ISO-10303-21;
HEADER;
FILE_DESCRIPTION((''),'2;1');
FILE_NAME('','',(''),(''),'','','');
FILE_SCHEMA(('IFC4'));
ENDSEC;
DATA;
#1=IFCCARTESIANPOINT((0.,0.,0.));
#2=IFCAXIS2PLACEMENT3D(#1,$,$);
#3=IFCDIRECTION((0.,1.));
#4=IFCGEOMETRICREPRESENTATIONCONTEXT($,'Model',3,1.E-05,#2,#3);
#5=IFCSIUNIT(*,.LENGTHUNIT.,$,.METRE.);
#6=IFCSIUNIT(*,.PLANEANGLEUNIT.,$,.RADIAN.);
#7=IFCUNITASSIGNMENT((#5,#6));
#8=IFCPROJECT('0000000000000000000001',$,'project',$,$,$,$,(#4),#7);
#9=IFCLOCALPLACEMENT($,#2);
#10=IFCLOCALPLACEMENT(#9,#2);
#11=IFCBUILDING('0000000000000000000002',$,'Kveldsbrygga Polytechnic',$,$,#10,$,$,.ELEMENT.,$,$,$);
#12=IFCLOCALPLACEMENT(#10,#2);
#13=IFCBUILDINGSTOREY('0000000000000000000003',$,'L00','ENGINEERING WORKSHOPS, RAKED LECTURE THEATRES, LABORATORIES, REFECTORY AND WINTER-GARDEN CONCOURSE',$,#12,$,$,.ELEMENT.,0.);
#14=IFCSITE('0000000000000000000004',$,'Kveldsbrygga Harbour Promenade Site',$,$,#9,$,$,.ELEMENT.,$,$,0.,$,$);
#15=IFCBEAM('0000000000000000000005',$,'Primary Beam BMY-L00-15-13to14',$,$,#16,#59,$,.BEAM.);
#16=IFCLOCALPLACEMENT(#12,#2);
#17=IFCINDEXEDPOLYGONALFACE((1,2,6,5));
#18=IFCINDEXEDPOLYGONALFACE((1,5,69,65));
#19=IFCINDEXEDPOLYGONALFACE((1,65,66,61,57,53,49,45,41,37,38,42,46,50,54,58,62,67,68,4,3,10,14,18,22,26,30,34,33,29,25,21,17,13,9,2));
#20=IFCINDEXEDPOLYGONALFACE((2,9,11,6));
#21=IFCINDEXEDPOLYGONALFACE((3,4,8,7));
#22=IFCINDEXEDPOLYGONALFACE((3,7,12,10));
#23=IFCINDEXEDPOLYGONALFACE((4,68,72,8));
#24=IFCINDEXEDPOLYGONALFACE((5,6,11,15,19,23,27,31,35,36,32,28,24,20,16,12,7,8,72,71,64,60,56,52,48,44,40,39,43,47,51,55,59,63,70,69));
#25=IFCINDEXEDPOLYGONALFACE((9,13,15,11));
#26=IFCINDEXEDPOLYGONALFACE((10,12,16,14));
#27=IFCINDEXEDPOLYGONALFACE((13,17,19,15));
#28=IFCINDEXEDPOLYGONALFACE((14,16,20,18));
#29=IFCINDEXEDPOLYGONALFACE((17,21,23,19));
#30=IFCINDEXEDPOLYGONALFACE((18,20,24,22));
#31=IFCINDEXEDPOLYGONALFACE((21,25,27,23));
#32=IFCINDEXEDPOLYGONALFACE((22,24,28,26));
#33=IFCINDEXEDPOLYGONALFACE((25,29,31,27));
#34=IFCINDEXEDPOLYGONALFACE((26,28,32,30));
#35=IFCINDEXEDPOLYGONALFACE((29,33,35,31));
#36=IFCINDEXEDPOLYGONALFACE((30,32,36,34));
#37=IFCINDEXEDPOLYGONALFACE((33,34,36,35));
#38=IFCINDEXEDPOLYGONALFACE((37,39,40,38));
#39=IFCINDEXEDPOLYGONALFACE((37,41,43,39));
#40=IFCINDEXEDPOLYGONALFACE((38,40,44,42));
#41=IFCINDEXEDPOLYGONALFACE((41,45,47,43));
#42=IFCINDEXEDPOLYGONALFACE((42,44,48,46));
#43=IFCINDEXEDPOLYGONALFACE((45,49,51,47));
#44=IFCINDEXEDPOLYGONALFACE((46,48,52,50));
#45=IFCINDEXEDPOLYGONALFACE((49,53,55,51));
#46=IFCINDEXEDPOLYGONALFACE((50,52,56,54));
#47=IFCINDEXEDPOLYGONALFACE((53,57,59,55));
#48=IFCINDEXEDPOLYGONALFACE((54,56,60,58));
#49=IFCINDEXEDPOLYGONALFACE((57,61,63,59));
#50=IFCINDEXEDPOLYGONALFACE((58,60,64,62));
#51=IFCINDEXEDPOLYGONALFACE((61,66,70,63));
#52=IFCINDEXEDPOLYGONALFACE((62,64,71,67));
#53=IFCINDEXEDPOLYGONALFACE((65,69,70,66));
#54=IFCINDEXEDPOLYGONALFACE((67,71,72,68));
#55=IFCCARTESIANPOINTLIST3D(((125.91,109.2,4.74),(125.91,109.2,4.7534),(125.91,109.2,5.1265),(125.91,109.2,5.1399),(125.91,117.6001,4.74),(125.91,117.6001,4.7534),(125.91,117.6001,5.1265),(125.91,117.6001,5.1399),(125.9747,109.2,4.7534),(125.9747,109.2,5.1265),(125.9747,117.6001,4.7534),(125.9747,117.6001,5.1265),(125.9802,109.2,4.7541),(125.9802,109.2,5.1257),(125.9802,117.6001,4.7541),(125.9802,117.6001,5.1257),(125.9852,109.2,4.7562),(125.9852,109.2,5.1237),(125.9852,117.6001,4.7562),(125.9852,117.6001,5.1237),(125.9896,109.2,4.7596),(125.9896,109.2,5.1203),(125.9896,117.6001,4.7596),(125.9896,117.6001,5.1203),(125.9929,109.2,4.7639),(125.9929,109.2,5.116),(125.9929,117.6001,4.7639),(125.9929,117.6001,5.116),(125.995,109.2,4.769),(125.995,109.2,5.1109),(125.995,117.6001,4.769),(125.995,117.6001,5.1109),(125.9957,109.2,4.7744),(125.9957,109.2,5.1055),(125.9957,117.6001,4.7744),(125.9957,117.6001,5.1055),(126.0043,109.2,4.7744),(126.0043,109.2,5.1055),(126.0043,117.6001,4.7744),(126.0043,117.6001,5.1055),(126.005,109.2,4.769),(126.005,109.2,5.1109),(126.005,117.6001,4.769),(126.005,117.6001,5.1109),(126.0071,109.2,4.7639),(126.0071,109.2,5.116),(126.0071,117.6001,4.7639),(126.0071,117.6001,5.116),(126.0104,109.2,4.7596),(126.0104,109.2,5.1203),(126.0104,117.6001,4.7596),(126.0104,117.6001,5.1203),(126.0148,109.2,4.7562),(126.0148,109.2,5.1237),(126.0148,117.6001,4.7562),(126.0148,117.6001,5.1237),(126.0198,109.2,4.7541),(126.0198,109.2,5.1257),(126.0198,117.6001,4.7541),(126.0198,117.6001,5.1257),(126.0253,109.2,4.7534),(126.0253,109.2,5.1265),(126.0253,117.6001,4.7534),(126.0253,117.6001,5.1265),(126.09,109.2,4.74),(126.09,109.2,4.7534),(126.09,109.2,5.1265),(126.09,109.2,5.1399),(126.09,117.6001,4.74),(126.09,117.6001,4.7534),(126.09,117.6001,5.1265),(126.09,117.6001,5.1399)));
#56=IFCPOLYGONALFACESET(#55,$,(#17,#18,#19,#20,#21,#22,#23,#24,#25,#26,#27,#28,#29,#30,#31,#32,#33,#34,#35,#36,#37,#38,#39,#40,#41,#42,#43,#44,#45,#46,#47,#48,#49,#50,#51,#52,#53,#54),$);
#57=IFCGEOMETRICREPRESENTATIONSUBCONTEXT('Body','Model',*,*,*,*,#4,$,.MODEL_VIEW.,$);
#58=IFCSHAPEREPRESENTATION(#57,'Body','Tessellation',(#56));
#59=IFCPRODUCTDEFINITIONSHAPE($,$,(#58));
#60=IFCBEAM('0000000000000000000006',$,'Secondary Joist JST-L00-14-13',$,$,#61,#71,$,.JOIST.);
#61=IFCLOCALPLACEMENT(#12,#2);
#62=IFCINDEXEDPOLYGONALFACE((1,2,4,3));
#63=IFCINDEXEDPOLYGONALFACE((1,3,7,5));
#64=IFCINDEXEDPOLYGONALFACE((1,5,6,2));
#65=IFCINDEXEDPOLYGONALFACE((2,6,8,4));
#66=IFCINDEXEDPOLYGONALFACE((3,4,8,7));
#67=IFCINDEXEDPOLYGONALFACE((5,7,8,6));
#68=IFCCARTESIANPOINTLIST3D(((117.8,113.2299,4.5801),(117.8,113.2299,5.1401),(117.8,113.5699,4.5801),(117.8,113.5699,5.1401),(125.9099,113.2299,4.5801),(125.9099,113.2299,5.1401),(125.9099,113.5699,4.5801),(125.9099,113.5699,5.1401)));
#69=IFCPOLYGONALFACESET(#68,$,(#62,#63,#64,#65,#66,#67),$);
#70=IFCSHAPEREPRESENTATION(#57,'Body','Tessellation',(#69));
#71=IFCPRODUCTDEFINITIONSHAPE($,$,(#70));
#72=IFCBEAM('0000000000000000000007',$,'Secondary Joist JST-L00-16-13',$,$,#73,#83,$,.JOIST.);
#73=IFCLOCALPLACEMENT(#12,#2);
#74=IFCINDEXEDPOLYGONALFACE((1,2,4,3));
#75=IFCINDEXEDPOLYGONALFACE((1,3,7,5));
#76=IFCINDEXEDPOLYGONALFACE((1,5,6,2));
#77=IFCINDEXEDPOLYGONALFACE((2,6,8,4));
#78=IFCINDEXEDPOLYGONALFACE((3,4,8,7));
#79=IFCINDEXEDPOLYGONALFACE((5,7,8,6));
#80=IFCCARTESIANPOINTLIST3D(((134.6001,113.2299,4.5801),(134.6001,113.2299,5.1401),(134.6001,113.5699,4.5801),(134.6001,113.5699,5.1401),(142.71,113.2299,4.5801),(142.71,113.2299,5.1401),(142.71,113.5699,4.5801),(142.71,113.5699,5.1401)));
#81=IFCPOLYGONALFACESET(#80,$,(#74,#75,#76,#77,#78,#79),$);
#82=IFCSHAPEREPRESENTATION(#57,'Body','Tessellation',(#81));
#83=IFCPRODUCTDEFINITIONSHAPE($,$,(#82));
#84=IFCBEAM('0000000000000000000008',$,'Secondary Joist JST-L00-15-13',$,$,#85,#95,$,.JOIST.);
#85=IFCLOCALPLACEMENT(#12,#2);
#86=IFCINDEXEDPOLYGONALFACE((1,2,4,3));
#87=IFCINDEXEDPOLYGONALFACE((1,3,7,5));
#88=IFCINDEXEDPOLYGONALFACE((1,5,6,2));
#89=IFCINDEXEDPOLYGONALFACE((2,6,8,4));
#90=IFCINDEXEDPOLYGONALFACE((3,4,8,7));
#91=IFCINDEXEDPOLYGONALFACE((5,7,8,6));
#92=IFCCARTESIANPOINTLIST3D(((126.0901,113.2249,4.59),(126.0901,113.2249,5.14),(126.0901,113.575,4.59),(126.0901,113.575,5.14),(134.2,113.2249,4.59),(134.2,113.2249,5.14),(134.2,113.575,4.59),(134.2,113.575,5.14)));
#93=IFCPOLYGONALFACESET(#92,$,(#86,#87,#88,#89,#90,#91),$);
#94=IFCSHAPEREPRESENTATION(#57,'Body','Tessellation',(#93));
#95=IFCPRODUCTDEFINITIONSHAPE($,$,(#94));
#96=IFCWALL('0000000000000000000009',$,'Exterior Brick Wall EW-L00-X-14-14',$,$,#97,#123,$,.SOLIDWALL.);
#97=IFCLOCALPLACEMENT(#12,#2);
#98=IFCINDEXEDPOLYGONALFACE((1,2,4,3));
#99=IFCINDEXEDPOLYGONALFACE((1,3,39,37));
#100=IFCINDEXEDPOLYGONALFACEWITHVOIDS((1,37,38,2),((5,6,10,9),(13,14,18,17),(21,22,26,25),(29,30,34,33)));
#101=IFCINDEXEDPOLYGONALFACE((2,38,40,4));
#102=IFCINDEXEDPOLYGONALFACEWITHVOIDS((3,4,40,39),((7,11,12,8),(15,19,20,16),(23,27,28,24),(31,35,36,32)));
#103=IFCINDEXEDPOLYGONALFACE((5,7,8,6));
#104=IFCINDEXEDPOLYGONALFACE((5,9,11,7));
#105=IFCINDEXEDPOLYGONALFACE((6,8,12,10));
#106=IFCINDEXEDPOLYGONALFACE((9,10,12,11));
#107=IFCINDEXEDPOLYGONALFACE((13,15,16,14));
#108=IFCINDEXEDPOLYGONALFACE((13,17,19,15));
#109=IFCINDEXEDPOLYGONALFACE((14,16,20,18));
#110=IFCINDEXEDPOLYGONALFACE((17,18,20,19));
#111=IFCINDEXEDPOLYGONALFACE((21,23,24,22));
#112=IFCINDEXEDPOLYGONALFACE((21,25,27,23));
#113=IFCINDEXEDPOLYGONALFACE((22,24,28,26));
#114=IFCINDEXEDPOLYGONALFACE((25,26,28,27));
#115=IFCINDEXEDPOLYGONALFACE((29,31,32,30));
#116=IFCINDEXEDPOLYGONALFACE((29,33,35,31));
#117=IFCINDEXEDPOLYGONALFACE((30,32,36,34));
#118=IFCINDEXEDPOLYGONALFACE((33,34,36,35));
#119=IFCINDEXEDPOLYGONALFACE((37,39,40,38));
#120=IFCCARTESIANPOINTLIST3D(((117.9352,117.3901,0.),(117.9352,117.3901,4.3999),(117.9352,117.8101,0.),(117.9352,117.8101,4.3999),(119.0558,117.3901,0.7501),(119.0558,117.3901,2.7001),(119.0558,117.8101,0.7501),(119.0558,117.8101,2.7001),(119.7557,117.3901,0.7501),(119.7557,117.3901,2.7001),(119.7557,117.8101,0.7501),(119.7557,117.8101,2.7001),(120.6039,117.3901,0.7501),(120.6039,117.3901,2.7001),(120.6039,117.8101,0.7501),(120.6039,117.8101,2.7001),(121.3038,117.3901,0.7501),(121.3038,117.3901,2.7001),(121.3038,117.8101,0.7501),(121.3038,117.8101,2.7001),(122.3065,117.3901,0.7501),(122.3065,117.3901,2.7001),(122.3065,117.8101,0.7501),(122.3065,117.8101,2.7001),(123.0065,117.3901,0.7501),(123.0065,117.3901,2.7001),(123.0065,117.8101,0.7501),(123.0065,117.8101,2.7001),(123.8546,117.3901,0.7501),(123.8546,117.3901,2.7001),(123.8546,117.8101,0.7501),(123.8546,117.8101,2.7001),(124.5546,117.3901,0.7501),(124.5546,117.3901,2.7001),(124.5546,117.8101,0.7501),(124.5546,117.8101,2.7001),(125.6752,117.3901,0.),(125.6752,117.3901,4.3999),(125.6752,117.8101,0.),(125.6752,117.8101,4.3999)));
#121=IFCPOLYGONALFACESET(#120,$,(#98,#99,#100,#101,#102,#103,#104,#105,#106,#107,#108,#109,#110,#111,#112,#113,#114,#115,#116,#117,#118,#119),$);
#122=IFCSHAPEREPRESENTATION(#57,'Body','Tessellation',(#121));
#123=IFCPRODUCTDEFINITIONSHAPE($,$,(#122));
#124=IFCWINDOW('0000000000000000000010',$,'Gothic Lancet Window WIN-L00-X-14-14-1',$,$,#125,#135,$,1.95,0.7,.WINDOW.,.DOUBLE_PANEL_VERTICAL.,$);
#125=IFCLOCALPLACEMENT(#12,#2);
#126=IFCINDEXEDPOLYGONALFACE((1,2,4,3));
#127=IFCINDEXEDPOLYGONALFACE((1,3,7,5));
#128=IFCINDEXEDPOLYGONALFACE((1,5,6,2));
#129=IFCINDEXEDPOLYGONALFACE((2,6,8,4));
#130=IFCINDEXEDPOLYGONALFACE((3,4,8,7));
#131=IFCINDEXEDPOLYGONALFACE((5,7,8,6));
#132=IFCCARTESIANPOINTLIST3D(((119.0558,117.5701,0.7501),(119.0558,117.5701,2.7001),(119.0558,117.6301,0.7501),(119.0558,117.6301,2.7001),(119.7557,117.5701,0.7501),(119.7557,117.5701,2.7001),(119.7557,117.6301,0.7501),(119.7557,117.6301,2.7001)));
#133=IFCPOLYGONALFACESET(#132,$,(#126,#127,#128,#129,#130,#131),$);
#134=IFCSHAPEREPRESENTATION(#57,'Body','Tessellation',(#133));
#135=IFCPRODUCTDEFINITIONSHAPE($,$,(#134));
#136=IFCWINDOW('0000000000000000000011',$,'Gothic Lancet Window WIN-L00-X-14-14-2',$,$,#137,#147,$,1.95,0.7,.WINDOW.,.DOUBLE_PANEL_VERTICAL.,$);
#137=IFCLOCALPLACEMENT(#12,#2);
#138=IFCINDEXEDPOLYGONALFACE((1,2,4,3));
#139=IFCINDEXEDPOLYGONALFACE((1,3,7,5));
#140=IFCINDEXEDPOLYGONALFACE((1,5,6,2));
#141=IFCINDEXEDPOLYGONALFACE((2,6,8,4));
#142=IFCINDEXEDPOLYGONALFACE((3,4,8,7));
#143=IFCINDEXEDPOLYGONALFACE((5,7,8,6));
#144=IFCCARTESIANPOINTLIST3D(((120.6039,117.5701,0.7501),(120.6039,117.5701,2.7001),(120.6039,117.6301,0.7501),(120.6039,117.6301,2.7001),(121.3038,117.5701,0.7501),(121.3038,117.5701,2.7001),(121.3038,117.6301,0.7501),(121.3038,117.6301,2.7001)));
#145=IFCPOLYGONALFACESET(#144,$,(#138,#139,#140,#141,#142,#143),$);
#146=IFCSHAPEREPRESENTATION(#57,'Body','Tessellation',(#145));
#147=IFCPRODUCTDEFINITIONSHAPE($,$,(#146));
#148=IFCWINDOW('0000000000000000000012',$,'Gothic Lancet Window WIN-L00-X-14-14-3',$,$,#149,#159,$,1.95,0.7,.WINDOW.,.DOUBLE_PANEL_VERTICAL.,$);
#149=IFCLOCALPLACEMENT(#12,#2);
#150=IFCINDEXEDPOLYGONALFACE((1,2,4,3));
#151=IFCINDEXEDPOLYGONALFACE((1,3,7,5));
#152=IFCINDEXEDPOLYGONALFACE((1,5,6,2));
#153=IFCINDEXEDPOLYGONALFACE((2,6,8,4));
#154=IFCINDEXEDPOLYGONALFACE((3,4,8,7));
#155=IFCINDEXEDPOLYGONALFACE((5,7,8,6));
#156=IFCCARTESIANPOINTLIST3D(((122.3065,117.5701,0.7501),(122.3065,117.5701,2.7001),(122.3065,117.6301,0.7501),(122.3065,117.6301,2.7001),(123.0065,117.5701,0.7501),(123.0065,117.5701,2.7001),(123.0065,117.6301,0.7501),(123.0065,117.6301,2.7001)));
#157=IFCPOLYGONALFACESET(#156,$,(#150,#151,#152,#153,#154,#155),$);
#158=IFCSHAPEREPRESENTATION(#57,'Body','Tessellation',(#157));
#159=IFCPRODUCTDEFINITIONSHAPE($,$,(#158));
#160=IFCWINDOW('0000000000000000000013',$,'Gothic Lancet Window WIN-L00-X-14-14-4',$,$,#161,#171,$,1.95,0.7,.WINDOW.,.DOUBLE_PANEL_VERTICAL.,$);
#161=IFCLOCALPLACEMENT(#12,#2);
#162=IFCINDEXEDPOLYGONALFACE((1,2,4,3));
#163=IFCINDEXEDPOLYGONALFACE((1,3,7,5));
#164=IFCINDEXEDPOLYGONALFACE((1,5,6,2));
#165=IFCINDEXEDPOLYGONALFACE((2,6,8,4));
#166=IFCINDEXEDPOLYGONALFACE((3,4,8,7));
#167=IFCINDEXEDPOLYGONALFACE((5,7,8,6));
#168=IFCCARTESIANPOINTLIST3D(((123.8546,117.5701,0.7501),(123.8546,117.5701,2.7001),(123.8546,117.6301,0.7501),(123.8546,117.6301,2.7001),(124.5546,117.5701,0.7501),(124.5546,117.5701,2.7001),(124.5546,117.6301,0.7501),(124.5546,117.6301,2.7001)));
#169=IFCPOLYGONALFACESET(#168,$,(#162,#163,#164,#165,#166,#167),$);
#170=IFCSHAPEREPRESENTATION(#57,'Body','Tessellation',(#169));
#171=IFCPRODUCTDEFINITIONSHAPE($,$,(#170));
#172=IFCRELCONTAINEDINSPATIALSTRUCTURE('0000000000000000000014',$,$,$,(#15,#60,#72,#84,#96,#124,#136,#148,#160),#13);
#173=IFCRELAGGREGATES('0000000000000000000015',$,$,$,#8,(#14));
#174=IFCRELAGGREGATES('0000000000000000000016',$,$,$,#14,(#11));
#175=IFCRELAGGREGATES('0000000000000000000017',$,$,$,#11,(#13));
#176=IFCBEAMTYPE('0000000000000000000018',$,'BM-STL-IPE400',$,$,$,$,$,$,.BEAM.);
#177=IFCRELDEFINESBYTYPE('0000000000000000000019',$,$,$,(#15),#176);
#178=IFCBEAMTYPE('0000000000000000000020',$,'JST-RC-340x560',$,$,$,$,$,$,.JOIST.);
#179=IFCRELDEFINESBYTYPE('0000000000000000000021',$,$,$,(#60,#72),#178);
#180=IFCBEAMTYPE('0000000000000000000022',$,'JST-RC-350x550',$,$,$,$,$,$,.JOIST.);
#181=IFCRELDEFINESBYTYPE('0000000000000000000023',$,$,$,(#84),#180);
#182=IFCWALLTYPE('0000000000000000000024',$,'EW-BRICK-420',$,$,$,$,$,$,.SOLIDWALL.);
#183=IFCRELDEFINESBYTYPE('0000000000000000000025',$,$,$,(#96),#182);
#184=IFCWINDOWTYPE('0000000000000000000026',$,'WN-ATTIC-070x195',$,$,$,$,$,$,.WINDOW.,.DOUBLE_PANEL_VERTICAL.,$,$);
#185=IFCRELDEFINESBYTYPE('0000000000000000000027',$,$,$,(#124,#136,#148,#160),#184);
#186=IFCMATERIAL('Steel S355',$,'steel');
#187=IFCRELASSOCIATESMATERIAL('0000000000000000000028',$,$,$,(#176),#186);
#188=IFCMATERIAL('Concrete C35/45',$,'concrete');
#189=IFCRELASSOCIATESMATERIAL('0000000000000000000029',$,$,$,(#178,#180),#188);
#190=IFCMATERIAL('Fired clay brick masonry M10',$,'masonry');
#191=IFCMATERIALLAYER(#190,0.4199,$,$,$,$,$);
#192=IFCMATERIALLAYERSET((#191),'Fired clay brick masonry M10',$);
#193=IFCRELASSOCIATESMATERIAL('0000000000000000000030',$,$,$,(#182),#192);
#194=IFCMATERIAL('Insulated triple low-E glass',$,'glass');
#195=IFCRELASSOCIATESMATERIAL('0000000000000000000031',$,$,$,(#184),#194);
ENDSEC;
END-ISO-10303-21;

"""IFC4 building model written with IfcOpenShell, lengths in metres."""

from ifc_helpers import new_model, si_unit, direction, frame, frame_2d, origin, origin_2d, place, context, subcontext, project, spatial, rectangle, i_section, extrude, material, layer, layer_set, material_profile, profile_set, type_object, element, fill, save


model = new_model("IFC4")

# Units and contexts
model_context = context("Model", 3, precision=1e-05, world=origin(), true_north=direction((0.0, 1.0)))
body_context = subcontext(model_context, "Body", "Model", "MODEL_VIEW")
ifc_project = project(units=[si_unit("LENGTHUNIT", "METRE"), si_unit("PLANEANGLEUNIT", "RADIAN")], contexts=[model_context])

# Site, building, storey
site_placement = place(None, origin())
site = spatial("IfcSite", under=ifc_project, at=site_placement, Name="Kveldsbrygga Harbour Promenade Site", CompositionType="ELEMENT", RefElevation=0.0)
building_placement = place(site_placement, origin())
building = spatial("IfcBuilding", under=site, at=building_placement, Name="Kveldsbrygga Polytechnic", CompositionType="ELEMENT")
storey_placement = place(building_placement, origin())
storey = spatial("IfcBuildingStorey", under=building, at=storey_placement, Name="L00", Description="ENGINEERING WORKSHOPS, RAKED LECTURE THEATRES, LABORATORIES, REFECTORY AND WINTER-GARDEN CONCOURSE", CompositionType="ELEMENT", Elevation=0.0)

# Beams
ifc_material_1 = material(Name="Concrete C35/45", Category="concrete")
ifc_material_2 = material(Name="Steel S355", Category="steel")
ifc_material_profile_1 = material_profile(ifc_material_2, i_section(OverallWidth=0.1799, OverallDepth=0.3999, WebThickness=0.0085, FlangeThickness=0.0134, FilletRadius=0.021, at=origin_2d()), Name="IPE 400")
ifc_profile_set_1 = profile_set([ifc_material_profile_1], Name="Steel S355")
beam_type_1 = type_object("IfcBeamType", Name="BM-STL-IPE400", PredefinedType="BEAM", material=ifc_profile_set_1)
beam_1_placement = place(storey_placement, frame((126.0, 109.2, 4.9399), z_axis=(0.0, 1.0, 0.0), x_axis=(-1.0, 0.0, 0.0)))
element("IfcBeam", 1, at=beam_1_placement, inside=storey, type_object=beam_type_1, Name="Primary Beam BMY-L00-15-13to14", PredefinedType="BEAM", context=body_context, shape_type="SweptSolid", body=[
    extrude(i_section(OverallWidth=0.1799, OverallDepth=0.3999, WebThickness=0.0085, FlangeThickness=0.0134, FilletRadius=0.021, at=origin_2d()), origin(), (0.0, 0.0, 1.0), 8.4001),
])
ifc_material_profile_2 = material_profile(ifc_material_1, rectangle(XDim=0.3401, YDim=0.5601, at=origin_2d()), Name="RC 340x560")
ifc_profile_set_2 = profile_set([ifc_material_profile_2], Name="Concrete C35/45")
beam_type_2 = type_object("IfcBeamType", Name="JST-RC-340x560", PredefinedType="JOIST", material=ifc_profile_set_2)
for number, where, z_axis, x_axis, name in (
    (2, (117.8, 113.3999, 4.8601), (1.0, 0.0, 0.0), (0.0, 1.0, 0.0), "Secondary Joist JST-L00-14-13"),
    (3, (134.6001, 113.3999, 4.8601), (1.0, 0.0, 0.0), (0.0, 1.0, 0.0), "Secondary Joist JST-L00-16-13"),
):
    element("IfcBeam", number, at=place(storey_placement, frame(where, z_axis=z_axis, x_axis=x_axis)), inside=storey, type_object=beam_type_2, Name=name, PredefinedType="JOIST", context=body_context, shape_type="SweptSolid", body=[
        extrude(rectangle(XDim=0.3401, YDim=0.5601, at=origin_2d()), origin(), (0.0, 0.0, 1.0), 8.1099),
    ])
ifc_material_profile_3 = material_profile(ifc_material_1, rectangle(XDim=0.3501, YDim=0.55, at=origin_2d()), Name="RC 350x550")
ifc_profile_set_3 = profile_set([ifc_material_profile_3], Name="Concrete C35/45")
beam_type_3 = type_object("IfcBeamType", Name="JST-RC-350x550", PredefinedType="JOIST", material=ifc_profile_set_3)
beam_2_placement = place(storey_placement, frame((126.0901, 113.3999, 4.865), z_axis=(1.0, 0.0, 0.0), x_axis=(0.0, 1.0, 0.0)))
element("IfcBeam", 4, at=beam_2_placement, inside=storey, type_object=beam_type_3, Name="Secondary Joist JST-L00-15-13", PredefinedType="JOIST", context=body_context, shape_type="SweptSolid", body=[
    extrude(rectangle(XDim=0.3501, YDim=0.55, at=origin_2d()), origin(), (0.0, 0.0, 1.0), 8.1099),
])

# Wall, openings, windows
ifc_material_3 = material(Name="Fired clay brick masonry M10", Category="masonry")
ifc_layer_1 = layer(ifc_material_3, 0.4199)
ifc_layer_set_1 = layer_set([ifc_layer_1], Name="Fired clay brick masonry M10")
wall_type_1 = type_object("IfcWallType", Name="EW-BRICK-420", PredefinedType="SOLIDWALL", material=ifc_layer_set_1)
wall_placement = place(storey_placement, frame((117.9351, 117.6001, 0.0), z_axis=(0.0, 0.0, 1.0), x_axis=(1.0, 0.0, 0.0)))
wall = element("IfcWall", 5, at=wall_placement, inside=storey, type_object=wall_type_1, Name="Exterior Brick Wall EW-L00-X-14-14", PredefinedType="SOLIDWALL", context=body_context, shape_type="SweptSolid", body=[
    extrude(rectangle(XDim=7.74, YDim=0.4199, at=frame_2d((3.8701, 0.0))), origin(), (0.0, 0.0, 1.0), 4.3999),
])
opening_1_placement = place(wall_placement, frame((1.1206, 0.0, 0.75)))
opening_1 = element("IfcOpeningElement", 6, at=opening_1_placement, cuts=wall, PredefinedType="OPENING", context=body_context, shape_type="SweptSolid", body=[
    extrude(rectangle(XDim=0.7, YDim=1.95, at=frame_2d((0.3501, 0.9751))), frame((0.0, 0.22, 0.0), z_axis=(0.0, -1.0, 0.0), x_axis=(1.0, 0.0, 0.0)), (0.0, 0.0, 1.0), 0.4399),
])
opening_2_placement = place(wall_placement, frame((2.6687, 0.0, 0.75)))
opening_2 = element("IfcOpeningElement", 7, at=opening_2_placement, cuts=wall, PredefinedType="OPENING", context=body_context, shape_type="SweptSolid", body=[
    extrude(rectangle(XDim=0.7, YDim=1.95, at=frame_2d((0.3501, 0.9751))), frame((0.0, 0.22, 0.0), z_axis=(0.0, -1.0, 0.0), x_axis=(1.0, 0.0, 0.0)), (0.0, 0.0, 1.0), 0.4399),
])
opening_3_placement = place(wall_placement, frame((4.3713, 0.0, 0.75)))
opening_3 = element("IfcOpeningElement", 8, at=opening_3_placement, cuts=wall, PredefinedType="OPENING", context=body_context, shape_type="SweptSolid", body=[
    extrude(rectangle(XDim=0.7, YDim=1.95, at=frame_2d((0.3501, 0.9751))), frame((0.0, 0.22, 0.0), z_axis=(0.0, -1.0, 0.0), x_axis=(1.0, 0.0, 0.0)), (0.0, 0.0, 1.0), 0.4399),
])
opening_4_placement = place(wall_placement, frame((5.9194, 0.0, 0.75)))
opening_4 = element("IfcOpeningElement", 9, at=opening_4_placement, cuts=wall, PredefinedType="OPENING", context=body_context, shape_type="SweptSolid", body=[
    extrude(rectangle(XDim=0.7, YDim=1.95, at=frame_2d((0.3501, 0.9751))), frame((0.0, 0.22, 0.0), z_axis=(0.0, -1.0, 0.0), x_axis=(1.0, 0.0, 0.0)), (0.0, 0.0, 1.0), 0.4399),
])
ifc_material_4 = material(Name="Insulated triple low-E glass", Category="glass")
window_type = type_object("IfcWindowType", Name="WN-ATTIC-070x195", PartitioningType="DOUBLE_PANEL_VERTICAL", PredefinedType="WINDOW", material=ifc_material_4)
window_1_placement = place(opening_1_placement, origin())
window_1 = element("IfcWindow", 10, at=window_1_placement, inside=storey, type_object=window_type, Name="Gothic Lancet Window WIN-L00-X-14-14-1", OverallHeight=1.95, OverallWidth=0.7, PartitioningType="DOUBLE_PANEL_VERTICAL", PredefinedType="WINDOW", context=body_context, shape_type="SweptSolid", body=[
    extrude(rectangle(XDim=0.7, YDim=1.95, at=frame_2d((0.3501, 0.9751))), frame((0.0, 0.03, 0.0), z_axis=(0.0, -1.0, 0.0), x_axis=(1.0, 0.0, 0.0)), (0.0, 0.0, 1.0), 0.0601),
])
fill(opening_1, window_1)
window_2_placement = place(opening_2_placement, origin())
window_2 = element("IfcWindow", 11, at=window_2_placement, inside=storey, type_object=window_type, Name="Gothic Lancet Window WIN-L00-X-14-14-2", OverallHeight=1.95, OverallWidth=0.7, PartitioningType="DOUBLE_PANEL_VERTICAL", PredefinedType="WINDOW", context=body_context, shape_type="SweptSolid", body=[
    extrude(rectangle(XDim=0.7, YDim=1.95, at=frame_2d((0.3501, 0.9751))), frame((0.0, 0.03, 0.0), z_axis=(0.0, -1.0, 0.0), x_axis=(1.0, 0.0, 0.0)), (0.0, 0.0, 1.0), 0.0601),
])
fill(opening_2, window_2)
window_3_placement = place(opening_3_placement, origin())
window_3 = element("IfcWindow", 12, at=window_3_placement, inside=storey, type_object=window_type, Name="Gothic Lancet Window WIN-L00-X-14-14-3", OverallHeight=1.95, OverallWidth=0.7, PartitioningType="DOUBLE_PANEL_VERTICAL", PredefinedType="WINDOW", context=body_context, shape_type="SweptSolid", body=[
    extrude(rectangle(XDim=0.7, YDim=1.95, at=frame_2d((0.3501, 0.9751))), frame((0.0, 0.03, 0.0), z_axis=(0.0, -1.0, 0.0), x_axis=(1.0, 0.0, 0.0)), (0.0, 0.0, 1.0), 0.0601),
])
fill(opening_3, window_3)
window_4_placement = place(opening_4_placement, origin())
window_4 = element("IfcWindow", 13, at=window_4_placement, inside=storey, type_object=window_type, Name="Gothic Lancet Window WIN-L00-X-14-14-4", OverallHeight=1.95, OverallWidth=0.7, PartitioningType="DOUBLE_PANEL_VERTICAL", PredefinedType="WINDOW", context=body_context, shape_type="SweptSolid", body=[
    extrude(rectangle(XDim=0.7, YDim=1.95, at=frame_2d((0.3501, 0.9751))), frame((0.0, 0.03, 0.0), z_axis=(0.0, -1.0, 0.0), x_axis=(1.0, 0.0, 0.0)), (0.0, 0.0, 1.0), 0.0601),
])
fill(opening_4, window_4)

save(model, "model.ifc")
